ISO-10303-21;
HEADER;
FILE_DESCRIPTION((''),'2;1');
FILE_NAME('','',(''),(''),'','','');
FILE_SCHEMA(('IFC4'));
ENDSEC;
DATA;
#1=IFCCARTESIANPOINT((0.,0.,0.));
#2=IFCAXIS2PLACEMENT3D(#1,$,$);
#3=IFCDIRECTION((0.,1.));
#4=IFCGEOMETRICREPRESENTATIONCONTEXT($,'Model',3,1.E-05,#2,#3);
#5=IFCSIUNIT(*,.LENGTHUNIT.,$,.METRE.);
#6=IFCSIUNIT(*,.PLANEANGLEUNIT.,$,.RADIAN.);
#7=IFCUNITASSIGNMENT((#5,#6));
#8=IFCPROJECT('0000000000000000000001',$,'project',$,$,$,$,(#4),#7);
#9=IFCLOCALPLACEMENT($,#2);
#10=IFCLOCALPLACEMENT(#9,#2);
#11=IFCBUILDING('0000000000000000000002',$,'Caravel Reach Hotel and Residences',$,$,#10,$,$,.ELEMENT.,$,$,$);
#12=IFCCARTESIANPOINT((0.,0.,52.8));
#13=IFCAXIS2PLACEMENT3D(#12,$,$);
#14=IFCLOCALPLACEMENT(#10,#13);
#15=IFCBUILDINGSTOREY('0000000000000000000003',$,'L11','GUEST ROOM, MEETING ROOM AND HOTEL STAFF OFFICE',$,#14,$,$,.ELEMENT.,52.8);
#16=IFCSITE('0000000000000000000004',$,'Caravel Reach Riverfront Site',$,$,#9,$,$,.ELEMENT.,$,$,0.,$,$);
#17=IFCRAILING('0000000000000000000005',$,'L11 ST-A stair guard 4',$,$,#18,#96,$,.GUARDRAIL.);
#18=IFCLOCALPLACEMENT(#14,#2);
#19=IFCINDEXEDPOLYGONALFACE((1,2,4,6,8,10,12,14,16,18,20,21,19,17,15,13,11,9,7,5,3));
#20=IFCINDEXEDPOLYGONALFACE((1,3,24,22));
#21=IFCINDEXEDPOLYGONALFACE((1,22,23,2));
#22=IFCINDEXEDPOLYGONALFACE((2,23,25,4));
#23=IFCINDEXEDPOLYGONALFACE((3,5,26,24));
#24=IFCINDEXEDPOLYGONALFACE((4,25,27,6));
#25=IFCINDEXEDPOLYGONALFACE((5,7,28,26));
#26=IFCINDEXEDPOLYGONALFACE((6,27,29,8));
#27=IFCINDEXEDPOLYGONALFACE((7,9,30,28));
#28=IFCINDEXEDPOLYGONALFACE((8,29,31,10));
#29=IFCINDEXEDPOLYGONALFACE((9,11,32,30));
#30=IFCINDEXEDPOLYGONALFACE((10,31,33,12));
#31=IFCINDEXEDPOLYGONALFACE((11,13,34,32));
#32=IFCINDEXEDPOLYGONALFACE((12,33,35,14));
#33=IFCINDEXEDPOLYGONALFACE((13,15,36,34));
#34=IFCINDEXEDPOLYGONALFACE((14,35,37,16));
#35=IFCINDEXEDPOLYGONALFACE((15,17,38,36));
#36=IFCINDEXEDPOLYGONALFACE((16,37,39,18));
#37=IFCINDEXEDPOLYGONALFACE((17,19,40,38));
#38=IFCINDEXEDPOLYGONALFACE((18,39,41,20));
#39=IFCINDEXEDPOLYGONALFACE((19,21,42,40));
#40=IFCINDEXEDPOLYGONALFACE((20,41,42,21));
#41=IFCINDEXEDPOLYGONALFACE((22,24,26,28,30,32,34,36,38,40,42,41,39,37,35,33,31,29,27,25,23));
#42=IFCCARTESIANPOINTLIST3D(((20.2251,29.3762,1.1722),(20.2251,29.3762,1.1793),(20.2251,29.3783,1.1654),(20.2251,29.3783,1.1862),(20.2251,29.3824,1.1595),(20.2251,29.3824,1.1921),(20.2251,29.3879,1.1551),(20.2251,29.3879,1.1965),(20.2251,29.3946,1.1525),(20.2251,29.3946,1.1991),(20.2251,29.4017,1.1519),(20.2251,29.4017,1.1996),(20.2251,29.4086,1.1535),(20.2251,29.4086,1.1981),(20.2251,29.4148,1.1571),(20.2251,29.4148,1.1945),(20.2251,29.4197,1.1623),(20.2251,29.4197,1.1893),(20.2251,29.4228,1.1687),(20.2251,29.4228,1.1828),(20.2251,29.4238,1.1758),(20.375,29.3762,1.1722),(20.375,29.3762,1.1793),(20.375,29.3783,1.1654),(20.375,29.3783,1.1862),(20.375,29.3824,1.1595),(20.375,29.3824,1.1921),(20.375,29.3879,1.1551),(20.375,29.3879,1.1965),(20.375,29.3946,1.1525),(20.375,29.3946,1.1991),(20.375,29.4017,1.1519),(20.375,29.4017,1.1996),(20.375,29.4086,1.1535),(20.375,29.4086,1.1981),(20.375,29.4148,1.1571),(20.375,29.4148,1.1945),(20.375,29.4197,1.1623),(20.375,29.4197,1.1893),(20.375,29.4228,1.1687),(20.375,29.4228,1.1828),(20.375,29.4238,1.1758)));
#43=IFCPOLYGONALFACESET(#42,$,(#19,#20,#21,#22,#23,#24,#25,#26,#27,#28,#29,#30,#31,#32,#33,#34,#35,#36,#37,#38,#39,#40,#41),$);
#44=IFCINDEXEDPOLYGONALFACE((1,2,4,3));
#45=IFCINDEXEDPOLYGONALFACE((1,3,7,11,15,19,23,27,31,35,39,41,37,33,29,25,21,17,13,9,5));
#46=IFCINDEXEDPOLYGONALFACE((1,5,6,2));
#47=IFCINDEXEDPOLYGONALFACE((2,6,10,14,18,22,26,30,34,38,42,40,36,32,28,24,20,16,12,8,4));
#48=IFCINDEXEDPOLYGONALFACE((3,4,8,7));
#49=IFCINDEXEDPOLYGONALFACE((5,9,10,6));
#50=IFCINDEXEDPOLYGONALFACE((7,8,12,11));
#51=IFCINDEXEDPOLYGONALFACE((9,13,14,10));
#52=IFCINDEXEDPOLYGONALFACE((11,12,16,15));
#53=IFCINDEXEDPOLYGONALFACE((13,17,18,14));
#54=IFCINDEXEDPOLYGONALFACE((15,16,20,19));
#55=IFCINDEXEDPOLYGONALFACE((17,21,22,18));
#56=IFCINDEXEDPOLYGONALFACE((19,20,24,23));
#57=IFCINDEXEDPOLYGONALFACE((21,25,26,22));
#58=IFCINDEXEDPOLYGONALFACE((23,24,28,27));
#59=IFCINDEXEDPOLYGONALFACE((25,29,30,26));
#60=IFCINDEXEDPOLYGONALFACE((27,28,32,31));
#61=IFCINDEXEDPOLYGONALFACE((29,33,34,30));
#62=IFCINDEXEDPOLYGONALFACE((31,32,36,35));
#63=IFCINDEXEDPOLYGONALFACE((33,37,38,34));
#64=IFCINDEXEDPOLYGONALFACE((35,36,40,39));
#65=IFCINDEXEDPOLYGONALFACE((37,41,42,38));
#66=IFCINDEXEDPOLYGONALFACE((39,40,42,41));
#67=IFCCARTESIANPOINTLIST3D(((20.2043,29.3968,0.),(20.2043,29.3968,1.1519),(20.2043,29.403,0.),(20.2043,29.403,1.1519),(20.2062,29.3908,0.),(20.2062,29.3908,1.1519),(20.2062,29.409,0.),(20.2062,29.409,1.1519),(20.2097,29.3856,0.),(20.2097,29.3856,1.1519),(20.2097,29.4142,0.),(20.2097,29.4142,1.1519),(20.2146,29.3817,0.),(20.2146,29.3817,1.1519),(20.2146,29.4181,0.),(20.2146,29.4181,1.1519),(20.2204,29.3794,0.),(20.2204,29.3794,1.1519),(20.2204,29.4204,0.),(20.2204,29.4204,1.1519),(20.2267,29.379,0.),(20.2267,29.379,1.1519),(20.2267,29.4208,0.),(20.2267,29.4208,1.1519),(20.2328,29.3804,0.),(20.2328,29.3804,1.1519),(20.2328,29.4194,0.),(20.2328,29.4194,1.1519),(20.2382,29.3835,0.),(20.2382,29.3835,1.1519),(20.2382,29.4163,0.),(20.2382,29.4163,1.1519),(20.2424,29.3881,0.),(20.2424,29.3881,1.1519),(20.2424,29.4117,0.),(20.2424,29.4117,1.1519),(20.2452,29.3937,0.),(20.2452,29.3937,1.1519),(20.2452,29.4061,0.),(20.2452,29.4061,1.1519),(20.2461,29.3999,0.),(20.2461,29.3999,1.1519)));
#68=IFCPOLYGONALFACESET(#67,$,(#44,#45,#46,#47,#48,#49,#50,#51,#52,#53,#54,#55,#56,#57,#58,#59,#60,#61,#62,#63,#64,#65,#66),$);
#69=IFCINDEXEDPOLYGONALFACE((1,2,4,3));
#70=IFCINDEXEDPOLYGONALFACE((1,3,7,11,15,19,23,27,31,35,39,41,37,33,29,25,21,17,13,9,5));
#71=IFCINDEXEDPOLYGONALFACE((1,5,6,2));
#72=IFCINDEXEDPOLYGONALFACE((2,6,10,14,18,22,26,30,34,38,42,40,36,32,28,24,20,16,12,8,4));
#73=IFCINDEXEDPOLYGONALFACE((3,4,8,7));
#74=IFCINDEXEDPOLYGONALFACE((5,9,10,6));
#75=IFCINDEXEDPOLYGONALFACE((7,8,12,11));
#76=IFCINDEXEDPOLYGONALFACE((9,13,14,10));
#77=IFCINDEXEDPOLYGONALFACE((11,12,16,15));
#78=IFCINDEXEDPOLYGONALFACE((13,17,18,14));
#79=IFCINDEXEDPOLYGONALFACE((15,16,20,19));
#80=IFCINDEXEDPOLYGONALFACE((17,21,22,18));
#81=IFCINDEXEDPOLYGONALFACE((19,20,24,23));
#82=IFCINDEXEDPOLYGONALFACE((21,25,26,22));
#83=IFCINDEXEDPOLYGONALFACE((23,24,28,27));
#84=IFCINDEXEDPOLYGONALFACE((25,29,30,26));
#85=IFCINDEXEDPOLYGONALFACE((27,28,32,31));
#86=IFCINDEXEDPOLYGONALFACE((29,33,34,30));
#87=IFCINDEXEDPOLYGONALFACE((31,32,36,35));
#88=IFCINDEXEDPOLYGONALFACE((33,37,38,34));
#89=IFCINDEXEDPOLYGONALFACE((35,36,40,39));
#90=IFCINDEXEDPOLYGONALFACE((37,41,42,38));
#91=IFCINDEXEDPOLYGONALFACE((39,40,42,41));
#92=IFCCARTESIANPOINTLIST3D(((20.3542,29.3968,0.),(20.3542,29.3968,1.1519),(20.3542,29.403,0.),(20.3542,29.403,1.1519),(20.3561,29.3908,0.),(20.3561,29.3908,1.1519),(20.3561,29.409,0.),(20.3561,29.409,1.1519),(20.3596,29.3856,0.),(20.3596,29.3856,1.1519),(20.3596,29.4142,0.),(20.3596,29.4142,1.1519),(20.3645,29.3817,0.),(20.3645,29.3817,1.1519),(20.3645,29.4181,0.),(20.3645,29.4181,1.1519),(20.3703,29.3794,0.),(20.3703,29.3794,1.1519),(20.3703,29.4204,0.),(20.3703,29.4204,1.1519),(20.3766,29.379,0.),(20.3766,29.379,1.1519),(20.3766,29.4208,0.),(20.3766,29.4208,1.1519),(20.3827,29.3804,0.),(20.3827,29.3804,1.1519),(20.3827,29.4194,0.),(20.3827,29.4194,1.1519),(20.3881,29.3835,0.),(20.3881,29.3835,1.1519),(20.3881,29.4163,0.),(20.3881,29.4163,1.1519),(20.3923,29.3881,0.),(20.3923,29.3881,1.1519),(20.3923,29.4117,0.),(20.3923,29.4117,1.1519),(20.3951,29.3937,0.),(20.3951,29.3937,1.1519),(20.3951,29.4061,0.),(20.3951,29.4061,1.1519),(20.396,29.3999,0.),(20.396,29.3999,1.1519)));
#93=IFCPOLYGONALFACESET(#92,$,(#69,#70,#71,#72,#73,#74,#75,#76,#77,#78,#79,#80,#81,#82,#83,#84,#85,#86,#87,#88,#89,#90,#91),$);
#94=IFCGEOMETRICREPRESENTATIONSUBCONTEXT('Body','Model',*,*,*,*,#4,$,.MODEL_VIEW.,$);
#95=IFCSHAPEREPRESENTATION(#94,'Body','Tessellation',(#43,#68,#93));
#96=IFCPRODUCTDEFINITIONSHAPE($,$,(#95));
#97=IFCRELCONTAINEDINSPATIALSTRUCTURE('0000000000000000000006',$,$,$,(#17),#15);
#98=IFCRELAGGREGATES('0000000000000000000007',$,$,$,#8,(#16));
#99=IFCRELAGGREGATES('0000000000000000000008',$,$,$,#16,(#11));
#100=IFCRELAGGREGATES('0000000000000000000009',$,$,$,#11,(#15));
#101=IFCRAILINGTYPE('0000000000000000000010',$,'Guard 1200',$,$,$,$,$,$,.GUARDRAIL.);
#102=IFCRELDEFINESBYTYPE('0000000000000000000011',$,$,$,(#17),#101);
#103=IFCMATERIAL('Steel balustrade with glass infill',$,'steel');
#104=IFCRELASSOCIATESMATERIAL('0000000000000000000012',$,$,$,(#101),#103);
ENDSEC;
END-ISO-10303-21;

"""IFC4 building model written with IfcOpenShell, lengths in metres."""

from ifc_helpers import new_model, si_unit, direction, frame, origin, origin_2d, place, context, subcontext, project, spatial, circle, extrude, material, type_object, element, save


model = new_model("IFC4")

# Units and contexts
model_context = context("Model", 3, precision=1e-05, world=origin(), true_north=direction((0.0, 1.0)))
body_context = subcontext(model_context, "Body", "Model", "MODEL_VIEW")
ifc_project = project(units=[si_unit("LENGTHUNIT", "METRE"), si_unit("PLANEANGLEUNIT", "RADIAN")], contexts=[model_context])

# Site, building, storey
site_placement = place(None, origin())
site = spatial("IfcSite", under=ifc_project, at=site_placement, Name="Caravel Reach Riverfront Site", CompositionType="ELEMENT", RefElevation=0.0)
building_placement = place(site_placement, origin())
building = spatial("IfcBuilding", under=site, at=building_placement, Name="Caravel Reach Hotel and Residences", CompositionType="ELEMENT")
storey_placement = place(building_placement, frame((0.0, 0.0, 52.8)))
storey = spatial("IfcBuildingStorey", under=building, at=storey_placement, Name="L11", Description="GUEST ROOM, MEETING ROOM AND HOTEL STAFF OFFICE", CompositionType="ELEMENT", Elevation=52.8)

# Railing
ifc_material_1 = material(Name="Steel balustrade with glass infill", Category="steel")
railing_type_1 = type_object("IfcRailingType", Name="Guard 1200", PredefinedType="GUARDRAIL", material=ifc_material_1)
railing_1_placement = place(storey_placement, frame((20.2251, 29.3999, 0.0)))
element("IfcRailing", 1, at=railing_1_placement, inside=storey, type_object=railing_type_1, Name="L11 ST-A stair guard 4", PredefinedType="GUARDRAIL", context=body_context, shape_type="SweptSolid", body=[
    extrude(circle(Radius=0.0239, at=origin_2d()), frame((0.0, 0.0, 1.1758), z_axis=(1.0, 0.0, 0.0), x_axis=(0.0, 1.0, 0.0)), (0.0, 0.0, 1.0), 0.1499),
    extrude(circle(Radius=0.021, at=origin_2d()), origin(), (0.0, 0.0, 1.0), 1.1519),
    extrude(circle(Radius=0.021, at=origin_2d()), frame((0.1499, 0.0, 0.0)), (0.0, 0.0, 1.0), 1.1519),
])

save(model, "model.ifc")
